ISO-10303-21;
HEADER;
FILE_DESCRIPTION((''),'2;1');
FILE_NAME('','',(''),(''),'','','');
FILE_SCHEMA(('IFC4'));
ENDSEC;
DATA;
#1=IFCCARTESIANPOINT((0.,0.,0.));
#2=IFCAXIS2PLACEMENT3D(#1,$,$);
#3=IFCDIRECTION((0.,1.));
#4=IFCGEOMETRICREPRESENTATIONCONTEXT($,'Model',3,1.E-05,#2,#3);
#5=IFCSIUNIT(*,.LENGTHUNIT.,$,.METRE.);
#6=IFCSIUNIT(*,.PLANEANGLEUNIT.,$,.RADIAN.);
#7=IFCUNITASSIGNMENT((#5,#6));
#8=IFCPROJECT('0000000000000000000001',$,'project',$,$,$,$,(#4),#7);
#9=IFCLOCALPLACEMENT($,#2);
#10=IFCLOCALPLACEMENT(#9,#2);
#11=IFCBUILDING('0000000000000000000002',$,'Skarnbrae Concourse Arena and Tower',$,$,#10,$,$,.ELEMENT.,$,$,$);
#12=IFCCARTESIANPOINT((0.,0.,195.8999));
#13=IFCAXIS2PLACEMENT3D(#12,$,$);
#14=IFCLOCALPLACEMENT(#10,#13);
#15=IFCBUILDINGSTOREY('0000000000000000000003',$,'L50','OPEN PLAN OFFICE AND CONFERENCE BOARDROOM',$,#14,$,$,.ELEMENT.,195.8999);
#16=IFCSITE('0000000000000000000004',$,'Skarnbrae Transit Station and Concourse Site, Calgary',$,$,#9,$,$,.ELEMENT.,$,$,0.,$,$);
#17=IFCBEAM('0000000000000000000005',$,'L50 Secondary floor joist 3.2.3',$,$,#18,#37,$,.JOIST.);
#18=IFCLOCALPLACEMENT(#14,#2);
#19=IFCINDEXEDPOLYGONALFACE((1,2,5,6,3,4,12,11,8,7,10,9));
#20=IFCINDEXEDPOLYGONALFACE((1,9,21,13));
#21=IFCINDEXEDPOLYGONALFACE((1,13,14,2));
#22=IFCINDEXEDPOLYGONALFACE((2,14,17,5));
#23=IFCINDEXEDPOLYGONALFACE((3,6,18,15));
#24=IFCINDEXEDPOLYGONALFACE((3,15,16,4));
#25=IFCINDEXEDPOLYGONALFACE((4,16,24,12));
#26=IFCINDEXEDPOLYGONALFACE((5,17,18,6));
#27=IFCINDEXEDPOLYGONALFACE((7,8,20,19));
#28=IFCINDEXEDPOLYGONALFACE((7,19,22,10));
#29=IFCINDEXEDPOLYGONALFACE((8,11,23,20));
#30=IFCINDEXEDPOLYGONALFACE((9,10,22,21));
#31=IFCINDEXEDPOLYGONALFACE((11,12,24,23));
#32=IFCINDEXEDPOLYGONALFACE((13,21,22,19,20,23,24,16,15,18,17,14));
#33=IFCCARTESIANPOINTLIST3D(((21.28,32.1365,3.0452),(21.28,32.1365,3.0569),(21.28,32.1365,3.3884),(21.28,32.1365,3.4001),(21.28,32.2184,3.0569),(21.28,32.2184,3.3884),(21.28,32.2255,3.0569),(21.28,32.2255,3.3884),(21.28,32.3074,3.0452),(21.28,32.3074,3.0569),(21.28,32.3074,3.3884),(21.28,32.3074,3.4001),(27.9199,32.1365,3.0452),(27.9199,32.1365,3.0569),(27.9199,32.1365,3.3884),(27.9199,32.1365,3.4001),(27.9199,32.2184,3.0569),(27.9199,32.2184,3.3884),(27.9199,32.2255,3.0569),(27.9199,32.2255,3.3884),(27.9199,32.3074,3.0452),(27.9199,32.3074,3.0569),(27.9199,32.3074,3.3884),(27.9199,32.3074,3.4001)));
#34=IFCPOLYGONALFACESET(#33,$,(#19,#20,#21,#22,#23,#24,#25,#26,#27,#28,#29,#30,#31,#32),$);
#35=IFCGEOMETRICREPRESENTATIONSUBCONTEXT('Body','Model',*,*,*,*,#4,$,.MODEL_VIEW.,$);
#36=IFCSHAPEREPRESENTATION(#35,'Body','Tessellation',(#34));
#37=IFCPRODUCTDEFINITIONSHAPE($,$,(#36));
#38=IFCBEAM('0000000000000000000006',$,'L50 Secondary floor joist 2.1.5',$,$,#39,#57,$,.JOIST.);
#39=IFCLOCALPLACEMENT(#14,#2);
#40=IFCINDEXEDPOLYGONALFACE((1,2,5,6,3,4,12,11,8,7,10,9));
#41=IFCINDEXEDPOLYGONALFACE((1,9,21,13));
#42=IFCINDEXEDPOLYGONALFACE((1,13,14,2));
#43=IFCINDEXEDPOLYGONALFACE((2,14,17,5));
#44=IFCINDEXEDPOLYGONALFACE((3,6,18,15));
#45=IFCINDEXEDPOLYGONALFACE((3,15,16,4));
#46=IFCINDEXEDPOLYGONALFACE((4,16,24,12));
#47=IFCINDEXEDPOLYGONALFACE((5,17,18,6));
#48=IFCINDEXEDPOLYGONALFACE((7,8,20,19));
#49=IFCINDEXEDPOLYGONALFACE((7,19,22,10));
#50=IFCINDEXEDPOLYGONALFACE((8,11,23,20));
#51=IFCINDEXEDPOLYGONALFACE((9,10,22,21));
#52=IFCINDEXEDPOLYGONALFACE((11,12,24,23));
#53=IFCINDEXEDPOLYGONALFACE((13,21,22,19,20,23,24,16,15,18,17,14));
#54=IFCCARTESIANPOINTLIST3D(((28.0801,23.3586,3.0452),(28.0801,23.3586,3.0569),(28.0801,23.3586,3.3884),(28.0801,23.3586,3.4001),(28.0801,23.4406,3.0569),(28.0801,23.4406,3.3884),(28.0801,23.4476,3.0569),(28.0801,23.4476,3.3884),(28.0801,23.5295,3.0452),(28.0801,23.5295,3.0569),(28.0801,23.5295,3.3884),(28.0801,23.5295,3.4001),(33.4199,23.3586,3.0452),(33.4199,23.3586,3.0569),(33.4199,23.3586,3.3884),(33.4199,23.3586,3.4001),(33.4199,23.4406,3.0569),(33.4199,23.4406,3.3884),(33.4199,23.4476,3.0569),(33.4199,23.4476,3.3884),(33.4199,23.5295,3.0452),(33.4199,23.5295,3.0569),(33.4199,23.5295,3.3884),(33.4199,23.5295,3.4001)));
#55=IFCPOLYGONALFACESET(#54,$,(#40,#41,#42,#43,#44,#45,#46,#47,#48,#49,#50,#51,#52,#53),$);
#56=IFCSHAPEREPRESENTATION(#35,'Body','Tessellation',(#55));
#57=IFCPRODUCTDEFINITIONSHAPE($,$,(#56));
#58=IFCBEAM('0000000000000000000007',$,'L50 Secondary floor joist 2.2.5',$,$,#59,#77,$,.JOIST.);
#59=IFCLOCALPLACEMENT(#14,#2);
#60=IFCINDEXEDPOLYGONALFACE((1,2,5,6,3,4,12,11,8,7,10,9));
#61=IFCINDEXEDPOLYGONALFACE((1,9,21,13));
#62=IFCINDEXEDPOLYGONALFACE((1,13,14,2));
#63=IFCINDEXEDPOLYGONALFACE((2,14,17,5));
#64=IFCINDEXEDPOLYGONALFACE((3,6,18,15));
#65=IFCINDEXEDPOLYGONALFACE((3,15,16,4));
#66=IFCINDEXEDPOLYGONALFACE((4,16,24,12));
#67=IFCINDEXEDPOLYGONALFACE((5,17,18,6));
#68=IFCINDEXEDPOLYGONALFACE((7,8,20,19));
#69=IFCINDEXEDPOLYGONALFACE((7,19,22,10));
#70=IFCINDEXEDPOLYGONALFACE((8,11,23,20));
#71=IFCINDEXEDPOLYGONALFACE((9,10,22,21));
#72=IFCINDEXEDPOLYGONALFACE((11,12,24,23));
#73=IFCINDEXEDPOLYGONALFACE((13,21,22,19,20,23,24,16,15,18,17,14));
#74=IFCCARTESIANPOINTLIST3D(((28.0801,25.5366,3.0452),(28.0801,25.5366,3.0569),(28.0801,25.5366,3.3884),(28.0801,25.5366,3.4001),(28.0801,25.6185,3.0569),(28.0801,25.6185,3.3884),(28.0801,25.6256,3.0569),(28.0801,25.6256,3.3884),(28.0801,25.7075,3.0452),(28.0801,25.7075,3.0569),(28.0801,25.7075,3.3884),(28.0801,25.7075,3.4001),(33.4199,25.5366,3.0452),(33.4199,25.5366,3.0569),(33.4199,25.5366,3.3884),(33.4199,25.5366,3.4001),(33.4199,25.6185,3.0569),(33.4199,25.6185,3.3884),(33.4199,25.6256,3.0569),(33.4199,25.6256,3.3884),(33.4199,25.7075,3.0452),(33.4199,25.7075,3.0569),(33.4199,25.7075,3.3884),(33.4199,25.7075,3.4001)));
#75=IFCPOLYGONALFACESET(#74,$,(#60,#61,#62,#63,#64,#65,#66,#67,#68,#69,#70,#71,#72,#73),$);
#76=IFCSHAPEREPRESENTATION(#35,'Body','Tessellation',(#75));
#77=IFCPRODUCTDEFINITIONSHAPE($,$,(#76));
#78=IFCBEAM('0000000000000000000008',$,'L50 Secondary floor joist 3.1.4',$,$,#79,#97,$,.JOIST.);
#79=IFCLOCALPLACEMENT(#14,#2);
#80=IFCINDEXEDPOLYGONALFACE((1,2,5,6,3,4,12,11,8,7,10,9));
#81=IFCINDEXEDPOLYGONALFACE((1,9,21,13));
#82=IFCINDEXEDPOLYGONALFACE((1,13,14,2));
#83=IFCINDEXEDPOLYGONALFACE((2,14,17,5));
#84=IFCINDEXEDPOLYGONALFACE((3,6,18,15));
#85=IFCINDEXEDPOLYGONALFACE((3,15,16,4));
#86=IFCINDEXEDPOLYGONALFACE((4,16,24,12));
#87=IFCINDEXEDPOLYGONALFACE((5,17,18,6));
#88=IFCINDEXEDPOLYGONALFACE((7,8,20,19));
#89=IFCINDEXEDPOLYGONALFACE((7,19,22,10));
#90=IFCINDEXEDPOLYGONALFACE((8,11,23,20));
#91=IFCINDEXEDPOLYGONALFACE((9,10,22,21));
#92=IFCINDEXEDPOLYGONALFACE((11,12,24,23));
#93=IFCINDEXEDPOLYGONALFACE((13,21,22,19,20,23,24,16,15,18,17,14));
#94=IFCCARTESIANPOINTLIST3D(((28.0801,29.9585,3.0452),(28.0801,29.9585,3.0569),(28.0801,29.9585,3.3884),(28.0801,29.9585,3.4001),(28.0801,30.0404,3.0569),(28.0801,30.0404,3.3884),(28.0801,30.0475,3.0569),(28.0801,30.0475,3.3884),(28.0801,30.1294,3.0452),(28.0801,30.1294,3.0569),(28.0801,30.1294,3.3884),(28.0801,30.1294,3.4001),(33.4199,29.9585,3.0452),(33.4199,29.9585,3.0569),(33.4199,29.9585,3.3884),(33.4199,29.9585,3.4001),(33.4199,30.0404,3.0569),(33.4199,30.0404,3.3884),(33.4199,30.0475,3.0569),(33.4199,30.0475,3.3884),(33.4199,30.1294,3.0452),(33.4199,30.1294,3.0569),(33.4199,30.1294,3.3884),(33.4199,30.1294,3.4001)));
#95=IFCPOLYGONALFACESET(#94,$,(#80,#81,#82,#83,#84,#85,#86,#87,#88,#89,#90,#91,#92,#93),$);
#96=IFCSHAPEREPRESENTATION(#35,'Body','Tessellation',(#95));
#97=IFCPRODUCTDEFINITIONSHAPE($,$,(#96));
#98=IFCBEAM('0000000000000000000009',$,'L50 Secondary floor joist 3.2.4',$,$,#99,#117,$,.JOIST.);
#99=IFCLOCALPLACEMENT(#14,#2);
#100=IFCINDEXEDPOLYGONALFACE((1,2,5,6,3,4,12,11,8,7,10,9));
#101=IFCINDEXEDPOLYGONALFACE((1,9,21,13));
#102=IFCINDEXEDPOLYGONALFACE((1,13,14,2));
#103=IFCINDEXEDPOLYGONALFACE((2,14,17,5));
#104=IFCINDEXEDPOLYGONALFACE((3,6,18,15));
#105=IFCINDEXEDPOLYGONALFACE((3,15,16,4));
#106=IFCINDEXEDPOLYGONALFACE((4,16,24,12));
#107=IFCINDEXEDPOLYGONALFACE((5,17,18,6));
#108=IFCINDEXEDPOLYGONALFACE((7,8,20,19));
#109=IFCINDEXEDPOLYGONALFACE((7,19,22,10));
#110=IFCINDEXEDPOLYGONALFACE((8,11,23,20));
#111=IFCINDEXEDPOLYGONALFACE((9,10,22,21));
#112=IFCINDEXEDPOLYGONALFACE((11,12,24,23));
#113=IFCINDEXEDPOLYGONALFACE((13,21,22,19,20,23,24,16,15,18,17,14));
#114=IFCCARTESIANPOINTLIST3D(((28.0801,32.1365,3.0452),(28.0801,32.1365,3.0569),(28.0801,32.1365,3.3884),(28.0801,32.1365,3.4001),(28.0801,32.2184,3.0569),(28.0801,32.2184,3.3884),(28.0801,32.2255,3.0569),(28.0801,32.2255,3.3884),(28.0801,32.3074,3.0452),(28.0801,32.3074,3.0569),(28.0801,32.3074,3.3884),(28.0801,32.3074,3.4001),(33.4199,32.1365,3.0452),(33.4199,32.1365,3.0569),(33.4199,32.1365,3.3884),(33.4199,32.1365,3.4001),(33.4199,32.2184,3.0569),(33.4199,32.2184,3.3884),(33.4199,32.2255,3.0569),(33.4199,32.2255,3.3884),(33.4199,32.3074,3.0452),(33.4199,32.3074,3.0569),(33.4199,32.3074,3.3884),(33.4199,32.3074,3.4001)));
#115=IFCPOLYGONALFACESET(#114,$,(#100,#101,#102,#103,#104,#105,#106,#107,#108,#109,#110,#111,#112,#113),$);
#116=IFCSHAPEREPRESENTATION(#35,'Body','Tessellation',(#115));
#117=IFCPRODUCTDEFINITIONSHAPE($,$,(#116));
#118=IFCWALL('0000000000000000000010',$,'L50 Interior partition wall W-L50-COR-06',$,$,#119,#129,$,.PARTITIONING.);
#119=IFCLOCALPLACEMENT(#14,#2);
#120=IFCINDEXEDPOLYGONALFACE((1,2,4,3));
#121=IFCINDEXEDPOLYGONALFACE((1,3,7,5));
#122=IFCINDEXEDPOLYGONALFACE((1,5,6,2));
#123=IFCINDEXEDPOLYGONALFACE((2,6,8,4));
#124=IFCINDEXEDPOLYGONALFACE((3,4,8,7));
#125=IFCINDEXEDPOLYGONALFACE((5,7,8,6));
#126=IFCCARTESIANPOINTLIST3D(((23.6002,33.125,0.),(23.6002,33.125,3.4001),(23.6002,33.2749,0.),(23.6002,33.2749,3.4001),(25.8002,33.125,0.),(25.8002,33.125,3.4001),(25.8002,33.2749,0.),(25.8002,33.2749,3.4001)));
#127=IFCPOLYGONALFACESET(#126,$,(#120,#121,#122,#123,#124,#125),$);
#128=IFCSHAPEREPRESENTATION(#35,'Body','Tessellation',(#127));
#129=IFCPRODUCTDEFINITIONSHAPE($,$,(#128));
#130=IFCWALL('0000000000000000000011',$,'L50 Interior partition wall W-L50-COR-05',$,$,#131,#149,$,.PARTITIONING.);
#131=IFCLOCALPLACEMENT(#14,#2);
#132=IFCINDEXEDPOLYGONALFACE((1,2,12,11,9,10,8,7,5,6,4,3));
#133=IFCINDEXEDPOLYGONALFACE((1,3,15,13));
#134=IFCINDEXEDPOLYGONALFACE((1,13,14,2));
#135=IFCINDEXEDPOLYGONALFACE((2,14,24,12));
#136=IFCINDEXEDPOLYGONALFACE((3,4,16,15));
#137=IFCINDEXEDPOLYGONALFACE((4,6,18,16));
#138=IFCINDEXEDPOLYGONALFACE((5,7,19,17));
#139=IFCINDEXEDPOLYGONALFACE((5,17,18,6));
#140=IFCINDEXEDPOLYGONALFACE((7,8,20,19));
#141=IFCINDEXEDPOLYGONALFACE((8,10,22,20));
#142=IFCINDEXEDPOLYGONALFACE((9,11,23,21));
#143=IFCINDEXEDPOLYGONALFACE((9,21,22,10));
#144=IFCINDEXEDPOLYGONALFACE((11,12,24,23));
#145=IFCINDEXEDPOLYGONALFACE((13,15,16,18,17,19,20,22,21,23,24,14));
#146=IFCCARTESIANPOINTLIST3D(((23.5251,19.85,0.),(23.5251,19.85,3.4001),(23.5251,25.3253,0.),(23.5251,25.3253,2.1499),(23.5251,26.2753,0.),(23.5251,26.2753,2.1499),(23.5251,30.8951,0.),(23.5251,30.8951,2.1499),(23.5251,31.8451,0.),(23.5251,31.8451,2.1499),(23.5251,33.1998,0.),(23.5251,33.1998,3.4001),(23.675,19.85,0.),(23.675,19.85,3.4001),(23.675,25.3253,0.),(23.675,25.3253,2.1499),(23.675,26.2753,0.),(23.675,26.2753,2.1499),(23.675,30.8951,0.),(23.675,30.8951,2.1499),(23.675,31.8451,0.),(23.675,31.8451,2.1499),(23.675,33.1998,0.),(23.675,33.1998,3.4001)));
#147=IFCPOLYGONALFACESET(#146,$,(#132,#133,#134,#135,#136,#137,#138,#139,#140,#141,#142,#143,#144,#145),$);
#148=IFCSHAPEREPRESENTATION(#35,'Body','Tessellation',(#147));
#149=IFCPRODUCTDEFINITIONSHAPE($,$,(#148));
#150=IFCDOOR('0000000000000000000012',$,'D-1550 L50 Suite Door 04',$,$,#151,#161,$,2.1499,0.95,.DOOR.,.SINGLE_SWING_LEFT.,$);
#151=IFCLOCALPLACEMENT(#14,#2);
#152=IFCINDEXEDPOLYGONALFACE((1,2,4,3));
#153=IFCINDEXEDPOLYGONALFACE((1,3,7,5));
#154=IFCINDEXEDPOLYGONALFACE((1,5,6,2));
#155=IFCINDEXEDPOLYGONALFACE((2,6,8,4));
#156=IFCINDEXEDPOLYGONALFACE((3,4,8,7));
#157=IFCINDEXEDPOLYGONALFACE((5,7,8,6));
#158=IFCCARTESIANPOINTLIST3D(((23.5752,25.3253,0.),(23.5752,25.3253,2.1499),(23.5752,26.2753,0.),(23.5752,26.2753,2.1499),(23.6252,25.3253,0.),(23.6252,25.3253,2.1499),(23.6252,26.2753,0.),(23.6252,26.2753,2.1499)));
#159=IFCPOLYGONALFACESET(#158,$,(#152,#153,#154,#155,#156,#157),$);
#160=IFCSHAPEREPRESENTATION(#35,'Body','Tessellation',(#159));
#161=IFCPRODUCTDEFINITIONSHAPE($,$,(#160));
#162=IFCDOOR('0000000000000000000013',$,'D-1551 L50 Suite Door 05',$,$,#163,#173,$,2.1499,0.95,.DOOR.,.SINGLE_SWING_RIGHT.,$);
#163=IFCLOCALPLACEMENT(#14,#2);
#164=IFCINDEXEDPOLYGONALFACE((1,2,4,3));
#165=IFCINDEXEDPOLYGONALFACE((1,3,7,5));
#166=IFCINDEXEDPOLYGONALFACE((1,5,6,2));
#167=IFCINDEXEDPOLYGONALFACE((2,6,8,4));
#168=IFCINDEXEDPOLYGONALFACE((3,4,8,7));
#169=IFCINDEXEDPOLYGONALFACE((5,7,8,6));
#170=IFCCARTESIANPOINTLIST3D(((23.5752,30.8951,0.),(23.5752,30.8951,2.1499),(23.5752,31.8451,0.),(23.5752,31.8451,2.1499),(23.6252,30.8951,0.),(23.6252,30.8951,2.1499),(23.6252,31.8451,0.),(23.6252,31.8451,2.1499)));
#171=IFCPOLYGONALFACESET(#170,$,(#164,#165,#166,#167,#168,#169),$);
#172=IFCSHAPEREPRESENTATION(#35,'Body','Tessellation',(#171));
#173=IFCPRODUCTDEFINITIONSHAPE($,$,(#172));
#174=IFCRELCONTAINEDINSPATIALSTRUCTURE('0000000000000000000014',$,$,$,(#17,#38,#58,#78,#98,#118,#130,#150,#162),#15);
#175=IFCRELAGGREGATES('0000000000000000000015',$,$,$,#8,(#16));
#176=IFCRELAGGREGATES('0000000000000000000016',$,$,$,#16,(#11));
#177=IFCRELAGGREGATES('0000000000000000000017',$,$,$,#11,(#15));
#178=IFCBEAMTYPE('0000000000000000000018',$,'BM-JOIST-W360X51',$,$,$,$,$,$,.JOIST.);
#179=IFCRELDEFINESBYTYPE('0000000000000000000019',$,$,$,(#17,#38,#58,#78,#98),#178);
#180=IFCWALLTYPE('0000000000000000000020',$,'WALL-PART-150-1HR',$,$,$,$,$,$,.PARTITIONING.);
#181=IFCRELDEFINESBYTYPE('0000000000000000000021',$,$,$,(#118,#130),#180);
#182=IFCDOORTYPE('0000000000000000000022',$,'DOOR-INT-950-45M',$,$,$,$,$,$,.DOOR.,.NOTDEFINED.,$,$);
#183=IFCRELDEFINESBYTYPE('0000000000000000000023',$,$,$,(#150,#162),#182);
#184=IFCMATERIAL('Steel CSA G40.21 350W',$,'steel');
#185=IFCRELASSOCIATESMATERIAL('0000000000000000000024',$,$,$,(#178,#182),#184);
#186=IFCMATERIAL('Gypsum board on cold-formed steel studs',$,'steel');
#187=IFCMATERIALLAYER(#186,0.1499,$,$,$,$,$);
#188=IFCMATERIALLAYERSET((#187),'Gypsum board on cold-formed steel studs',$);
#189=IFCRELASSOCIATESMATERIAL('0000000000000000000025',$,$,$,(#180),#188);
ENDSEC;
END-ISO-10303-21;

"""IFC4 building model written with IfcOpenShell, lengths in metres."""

from ifc_helpers import new_model, si_unit, direction, frame, frame_2d, origin, origin_2d, place, context, subcontext, project, spatial, rectangle, i_section, extrude, source, transform, mapped, material, layer, layer_set, material_profile, profile_set, type_object, element, fill, save


model = new_model("IFC4")

# Units and contexts
model_context = context("Model", 3, precision=1e-05, world=origin(), true_north=direction((0.0, 1.0)))
body_context = subcontext(model_context, "Body", "Model", "MODEL_VIEW")
ifc_project = project(units=[si_unit("LENGTHUNIT", "METRE"), si_unit("PLANEANGLEUNIT", "RADIAN")], contexts=[model_context])

# Site, building, storey
site_placement = place(None, origin())
site = spatial("IfcSite", under=ifc_project, at=site_placement, Name="Skarnbrae Transit Station and Concourse Site, Calgary", CompositionType="ELEMENT", RefElevation=0.0)
building_placement = place(site_placement, origin())
building = spatial("IfcBuilding", under=site, at=building_placement, Name="Skarnbrae Concourse Arena and Tower", CompositionType="ELEMENT")
storey_placement = place(building_placement, frame((0.0, 0.0, 195.8999)))
storey = spatial("IfcBuildingStorey", under=building, at=storey_placement, Name="L50", Description="OPEN PLAN OFFICE AND CONFERENCE BOARDROOM", CompositionType="ELEMENT", Elevation=195.8999)

# Shared definitions
ifc_material_1 = material(Name="Steel CSA G40.21 350W", Category="steel")

# Beams
ifc_material_profile_1 = material_profile(ifc_material_1, i_section(OverallWidth=0.1709, OverallDepth=0.355, WebThickness=0.0071, FlangeThickness=0.0117, at=origin_2d()), Name="W360X51")
ifc_profile_set_1 = profile_set([ifc_material_profile_1], Name="Steel CSA G40.21 350W")
beam_type_1 = type_object("IfcBeamType", Name="BM-JOIST-W360X51", PredefinedType="JOIST", material=ifc_profile_set_1)
shared_shape_1 = source(origin(), body_context, "Body", "SweptSolid", [
    extrude(i_section(OverallWidth=0.1709, OverallDepth=0.355, WebThickness=0.0071, FlangeThickness=0.0117, at=origin_2d()), origin(), (0.0, 0.0, 1.0), 6.6399),
])
for number, where, z_axis, x_axis, name in (
    (1, (21.28, 32.2219, 3.2227), (1.0, 0.0, 0.0), (0.0, 1.0, 0.0), "L50 Secondary floor joist 3.2.3"),
):
    element("IfcBeam", number, at=place(storey_placement, frame(where, z_axis=z_axis, x_axis=x_axis)), inside=storey, type_object=beam_type_1, Name=name, PredefinedType="JOIST", context=body_context, shape_type="MappedRepresentation", body=[
        mapped(shared_shape_1, transform((0.0, 0.0, 0.0))),
    ])
shared_shape_2 = source(origin(), body_context, "Body", "SweptSolid", [
    extrude(i_section(OverallWidth=0.1709, OverallDepth=0.355, WebThickness=0.0071, FlangeThickness=0.0117, at=origin_2d()), origin(), (0.0, 0.0, 1.0), 5.3398),
])
for number, where, z_axis, x_axis, name in (
    (2, (28.0801, 23.4441, 3.2227), (1.0, 0.0, 0.0), (0.0, 1.0, 0.0), "L50 Secondary floor joist 2.1.5"),
    (3, (28.0801, 25.6221, 3.2227), (1.0, 0.0, 0.0), (0.0, 1.0, 0.0), "L50 Secondary floor joist 2.2.5"),
    (4, (28.0801, 30.0439, 3.2227), (1.0, 0.0, 0.0), (0.0, 1.0, 0.0), "L50 Secondary floor joist 3.1.4"),
    (5, (28.0801, 32.2219, 3.2227), (1.0, 0.0, 0.0), (0.0, 1.0, 0.0), "L50 Secondary floor joist 3.2.4"),
):
    element("IfcBeam", number, at=place(storey_placement, frame(where, z_axis=z_axis, x_axis=x_axis)), inside=storey, type_object=beam_type_1, Name=name, PredefinedType="JOIST", context=body_context, shape_type="MappedRepresentation", body=[
        mapped(shared_shape_2, transform((0.0, 0.0, 0.0))),
    ])

# Wall
ifc_material_2 = material(Name="Gypsum board on cold-formed steel studs", Category="steel")
ifc_layer = layer(ifc_material_2, 0.1499)
ifc_layer_set = layer_set([ifc_layer], Name="Gypsum board on cold-formed steel studs")
wall_type = type_object("IfcWallType", Name="WALL-PART-150-1HR", PredefinedType="PARTITIONING", material=ifc_layer_set)
shared_shape_3 = source(origin(), body_context, "Body", "SweptSolid", [
    extrude(rectangle(XDim=2.2, YDim=0.1499, at=frame_2d((1.1001, 0.0))), origin(), (0.0, 0.0, 1.0), 3.4001),
])
wall_1_placement = place(storey_placement, frame((23.6001, 33.2, 0.0), z_axis=(0.0, 0.0, 1.0), x_axis=(1.0, 0.0, 0.0)))
element("IfcWall", 6, at=wall_1_placement, inside=storey, type_object=wall_type, Name="L50 Interior partition wall W-L50-COR-06", PredefinedType="PARTITIONING", context=body_context, shape_type="MappedRepresentation", body=[
    mapped(shared_shape_3, transform((0.0, 0.0, 0.0))),
])

# Wall, openings, doors
shared_shape_4 = source(origin(), body_context, "Body", "SweptSolid", [
    extrude(rectangle(XDim=13.3499, YDim=0.1499, at=frame_2d((6.6748, 0.0))), origin(), (0.0, 0.0, 1.0), 3.4001),
])
wall_2_placement = place(storey_placement, frame((23.6001, 19.8501, 0.0), z_axis=(0.0, 0.0, 1.0), x_axis=(0.0, 1.0, 0.0)))
wall_2 = element("IfcWall", 7, at=wall_2_placement, inside=storey, type_object=wall_type, Name="L50 Interior partition wall W-L50-COR-05", PredefinedType="PARTITIONING", context=body_context, shape_type="MappedRepresentation", body=[
    mapped(shared_shape_4, transform((0.0, 0.0, 0.0))),
])
opening_1_placement = place(wall_2_placement, frame((5.4751, 0.0, 0.0)))
opening_1 = element("IfcOpeningElement", 8, at=opening_1_placement, cuts=wall_2, PredefinedType="OPENING", context=body_context, shape_type="SweptSolid", body=[
    extrude(rectangle(XDim=0.95, YDim=2.1499, at=frame_2d((0.4751, 1.075))), frame((0.0, 0.085, 0.0), z_axis=(0.0, -1.0, 0.0), x_axis=(1.0, 0.0, 0.0)), (0.0, 0.0, 1.0), 0.1699),
])
opening_2_placement = place(wall_2_placement, frame((11.0449, 0.0, 0.0)))
opening_2 = element("IfcOpeningElement", 9, at=opening_2_placement, cuts=wall_2, PredefinedType="OPENING", context=body_context, shape_type="SweptSolid", body=[
    extrude(rectangle(XDim=0.95, YDim=2.1499, at=frame_2d((0.4751, 1.075))), frame((0.0, 0.085, 0.0), z_axis=(0.0, -1.0, 0.0), x_axis=(1.0, 0.0, 0.0)), (0.0, 0.0, 1.0), 0.1699),
])
door_type = type_object("IfcDoorType", Name="DOOR-INT-950-45M", OperationType="NOTDEFINED", PredefinedType="DOOR", material=ifc_material_1)
shared_shape_5 = source(origin(), body_context, "Body", "SweptSolid", [
    extrude(rectangle(XDim=0.95, YDim=2.1499, at=frame_2d((0.4751, 1.075))), frame((0.0, 0.0249, 0.0), z_axis=(0.0, -1.0, 0.0), x_axis=(1.0, 0.0, 0.0)), (0.0, 0.0, 1.0), 0.05),
])
door_1_placement = place(opening_1_placement, origin())
door_1 = element("IfcDoor", 10, at=door_1_placement, inside=storey, type_object=door_type, Name="D-1550 L50 Suite Door 04", OperationType="SINGLE_SWING_LEFT", OverallHeight=2.1499, OverallWidth=0.95, PredefinedType="DOOR", context=body_context, shape_type="MappedRepresentation", body=[
    mapped(shared_shape_5, transform((0.0, 0.0, 0.0))),
])
fill(opening_1, door_1)
door_2_placement = place(opening_2_placement, origin())
door_2 = element("IfcDoor", 11, at=door_2_placement, inside=storey, type_object=door_type, Name="D-1551 L50 Suite Door 05", OperationType="SINGLE_SWING_RIGHT", OverallHeight=2.1499, OverallWidth=0.95, PredefinedType="DOOR", context=body_context, shape_type="MappedRepresentation", body=[
    mapped(shared_shape_5, transform((0.0, 0.0, 0.0))),
])
fill(opening_2, door_2)

save(model, "model.ifc")
